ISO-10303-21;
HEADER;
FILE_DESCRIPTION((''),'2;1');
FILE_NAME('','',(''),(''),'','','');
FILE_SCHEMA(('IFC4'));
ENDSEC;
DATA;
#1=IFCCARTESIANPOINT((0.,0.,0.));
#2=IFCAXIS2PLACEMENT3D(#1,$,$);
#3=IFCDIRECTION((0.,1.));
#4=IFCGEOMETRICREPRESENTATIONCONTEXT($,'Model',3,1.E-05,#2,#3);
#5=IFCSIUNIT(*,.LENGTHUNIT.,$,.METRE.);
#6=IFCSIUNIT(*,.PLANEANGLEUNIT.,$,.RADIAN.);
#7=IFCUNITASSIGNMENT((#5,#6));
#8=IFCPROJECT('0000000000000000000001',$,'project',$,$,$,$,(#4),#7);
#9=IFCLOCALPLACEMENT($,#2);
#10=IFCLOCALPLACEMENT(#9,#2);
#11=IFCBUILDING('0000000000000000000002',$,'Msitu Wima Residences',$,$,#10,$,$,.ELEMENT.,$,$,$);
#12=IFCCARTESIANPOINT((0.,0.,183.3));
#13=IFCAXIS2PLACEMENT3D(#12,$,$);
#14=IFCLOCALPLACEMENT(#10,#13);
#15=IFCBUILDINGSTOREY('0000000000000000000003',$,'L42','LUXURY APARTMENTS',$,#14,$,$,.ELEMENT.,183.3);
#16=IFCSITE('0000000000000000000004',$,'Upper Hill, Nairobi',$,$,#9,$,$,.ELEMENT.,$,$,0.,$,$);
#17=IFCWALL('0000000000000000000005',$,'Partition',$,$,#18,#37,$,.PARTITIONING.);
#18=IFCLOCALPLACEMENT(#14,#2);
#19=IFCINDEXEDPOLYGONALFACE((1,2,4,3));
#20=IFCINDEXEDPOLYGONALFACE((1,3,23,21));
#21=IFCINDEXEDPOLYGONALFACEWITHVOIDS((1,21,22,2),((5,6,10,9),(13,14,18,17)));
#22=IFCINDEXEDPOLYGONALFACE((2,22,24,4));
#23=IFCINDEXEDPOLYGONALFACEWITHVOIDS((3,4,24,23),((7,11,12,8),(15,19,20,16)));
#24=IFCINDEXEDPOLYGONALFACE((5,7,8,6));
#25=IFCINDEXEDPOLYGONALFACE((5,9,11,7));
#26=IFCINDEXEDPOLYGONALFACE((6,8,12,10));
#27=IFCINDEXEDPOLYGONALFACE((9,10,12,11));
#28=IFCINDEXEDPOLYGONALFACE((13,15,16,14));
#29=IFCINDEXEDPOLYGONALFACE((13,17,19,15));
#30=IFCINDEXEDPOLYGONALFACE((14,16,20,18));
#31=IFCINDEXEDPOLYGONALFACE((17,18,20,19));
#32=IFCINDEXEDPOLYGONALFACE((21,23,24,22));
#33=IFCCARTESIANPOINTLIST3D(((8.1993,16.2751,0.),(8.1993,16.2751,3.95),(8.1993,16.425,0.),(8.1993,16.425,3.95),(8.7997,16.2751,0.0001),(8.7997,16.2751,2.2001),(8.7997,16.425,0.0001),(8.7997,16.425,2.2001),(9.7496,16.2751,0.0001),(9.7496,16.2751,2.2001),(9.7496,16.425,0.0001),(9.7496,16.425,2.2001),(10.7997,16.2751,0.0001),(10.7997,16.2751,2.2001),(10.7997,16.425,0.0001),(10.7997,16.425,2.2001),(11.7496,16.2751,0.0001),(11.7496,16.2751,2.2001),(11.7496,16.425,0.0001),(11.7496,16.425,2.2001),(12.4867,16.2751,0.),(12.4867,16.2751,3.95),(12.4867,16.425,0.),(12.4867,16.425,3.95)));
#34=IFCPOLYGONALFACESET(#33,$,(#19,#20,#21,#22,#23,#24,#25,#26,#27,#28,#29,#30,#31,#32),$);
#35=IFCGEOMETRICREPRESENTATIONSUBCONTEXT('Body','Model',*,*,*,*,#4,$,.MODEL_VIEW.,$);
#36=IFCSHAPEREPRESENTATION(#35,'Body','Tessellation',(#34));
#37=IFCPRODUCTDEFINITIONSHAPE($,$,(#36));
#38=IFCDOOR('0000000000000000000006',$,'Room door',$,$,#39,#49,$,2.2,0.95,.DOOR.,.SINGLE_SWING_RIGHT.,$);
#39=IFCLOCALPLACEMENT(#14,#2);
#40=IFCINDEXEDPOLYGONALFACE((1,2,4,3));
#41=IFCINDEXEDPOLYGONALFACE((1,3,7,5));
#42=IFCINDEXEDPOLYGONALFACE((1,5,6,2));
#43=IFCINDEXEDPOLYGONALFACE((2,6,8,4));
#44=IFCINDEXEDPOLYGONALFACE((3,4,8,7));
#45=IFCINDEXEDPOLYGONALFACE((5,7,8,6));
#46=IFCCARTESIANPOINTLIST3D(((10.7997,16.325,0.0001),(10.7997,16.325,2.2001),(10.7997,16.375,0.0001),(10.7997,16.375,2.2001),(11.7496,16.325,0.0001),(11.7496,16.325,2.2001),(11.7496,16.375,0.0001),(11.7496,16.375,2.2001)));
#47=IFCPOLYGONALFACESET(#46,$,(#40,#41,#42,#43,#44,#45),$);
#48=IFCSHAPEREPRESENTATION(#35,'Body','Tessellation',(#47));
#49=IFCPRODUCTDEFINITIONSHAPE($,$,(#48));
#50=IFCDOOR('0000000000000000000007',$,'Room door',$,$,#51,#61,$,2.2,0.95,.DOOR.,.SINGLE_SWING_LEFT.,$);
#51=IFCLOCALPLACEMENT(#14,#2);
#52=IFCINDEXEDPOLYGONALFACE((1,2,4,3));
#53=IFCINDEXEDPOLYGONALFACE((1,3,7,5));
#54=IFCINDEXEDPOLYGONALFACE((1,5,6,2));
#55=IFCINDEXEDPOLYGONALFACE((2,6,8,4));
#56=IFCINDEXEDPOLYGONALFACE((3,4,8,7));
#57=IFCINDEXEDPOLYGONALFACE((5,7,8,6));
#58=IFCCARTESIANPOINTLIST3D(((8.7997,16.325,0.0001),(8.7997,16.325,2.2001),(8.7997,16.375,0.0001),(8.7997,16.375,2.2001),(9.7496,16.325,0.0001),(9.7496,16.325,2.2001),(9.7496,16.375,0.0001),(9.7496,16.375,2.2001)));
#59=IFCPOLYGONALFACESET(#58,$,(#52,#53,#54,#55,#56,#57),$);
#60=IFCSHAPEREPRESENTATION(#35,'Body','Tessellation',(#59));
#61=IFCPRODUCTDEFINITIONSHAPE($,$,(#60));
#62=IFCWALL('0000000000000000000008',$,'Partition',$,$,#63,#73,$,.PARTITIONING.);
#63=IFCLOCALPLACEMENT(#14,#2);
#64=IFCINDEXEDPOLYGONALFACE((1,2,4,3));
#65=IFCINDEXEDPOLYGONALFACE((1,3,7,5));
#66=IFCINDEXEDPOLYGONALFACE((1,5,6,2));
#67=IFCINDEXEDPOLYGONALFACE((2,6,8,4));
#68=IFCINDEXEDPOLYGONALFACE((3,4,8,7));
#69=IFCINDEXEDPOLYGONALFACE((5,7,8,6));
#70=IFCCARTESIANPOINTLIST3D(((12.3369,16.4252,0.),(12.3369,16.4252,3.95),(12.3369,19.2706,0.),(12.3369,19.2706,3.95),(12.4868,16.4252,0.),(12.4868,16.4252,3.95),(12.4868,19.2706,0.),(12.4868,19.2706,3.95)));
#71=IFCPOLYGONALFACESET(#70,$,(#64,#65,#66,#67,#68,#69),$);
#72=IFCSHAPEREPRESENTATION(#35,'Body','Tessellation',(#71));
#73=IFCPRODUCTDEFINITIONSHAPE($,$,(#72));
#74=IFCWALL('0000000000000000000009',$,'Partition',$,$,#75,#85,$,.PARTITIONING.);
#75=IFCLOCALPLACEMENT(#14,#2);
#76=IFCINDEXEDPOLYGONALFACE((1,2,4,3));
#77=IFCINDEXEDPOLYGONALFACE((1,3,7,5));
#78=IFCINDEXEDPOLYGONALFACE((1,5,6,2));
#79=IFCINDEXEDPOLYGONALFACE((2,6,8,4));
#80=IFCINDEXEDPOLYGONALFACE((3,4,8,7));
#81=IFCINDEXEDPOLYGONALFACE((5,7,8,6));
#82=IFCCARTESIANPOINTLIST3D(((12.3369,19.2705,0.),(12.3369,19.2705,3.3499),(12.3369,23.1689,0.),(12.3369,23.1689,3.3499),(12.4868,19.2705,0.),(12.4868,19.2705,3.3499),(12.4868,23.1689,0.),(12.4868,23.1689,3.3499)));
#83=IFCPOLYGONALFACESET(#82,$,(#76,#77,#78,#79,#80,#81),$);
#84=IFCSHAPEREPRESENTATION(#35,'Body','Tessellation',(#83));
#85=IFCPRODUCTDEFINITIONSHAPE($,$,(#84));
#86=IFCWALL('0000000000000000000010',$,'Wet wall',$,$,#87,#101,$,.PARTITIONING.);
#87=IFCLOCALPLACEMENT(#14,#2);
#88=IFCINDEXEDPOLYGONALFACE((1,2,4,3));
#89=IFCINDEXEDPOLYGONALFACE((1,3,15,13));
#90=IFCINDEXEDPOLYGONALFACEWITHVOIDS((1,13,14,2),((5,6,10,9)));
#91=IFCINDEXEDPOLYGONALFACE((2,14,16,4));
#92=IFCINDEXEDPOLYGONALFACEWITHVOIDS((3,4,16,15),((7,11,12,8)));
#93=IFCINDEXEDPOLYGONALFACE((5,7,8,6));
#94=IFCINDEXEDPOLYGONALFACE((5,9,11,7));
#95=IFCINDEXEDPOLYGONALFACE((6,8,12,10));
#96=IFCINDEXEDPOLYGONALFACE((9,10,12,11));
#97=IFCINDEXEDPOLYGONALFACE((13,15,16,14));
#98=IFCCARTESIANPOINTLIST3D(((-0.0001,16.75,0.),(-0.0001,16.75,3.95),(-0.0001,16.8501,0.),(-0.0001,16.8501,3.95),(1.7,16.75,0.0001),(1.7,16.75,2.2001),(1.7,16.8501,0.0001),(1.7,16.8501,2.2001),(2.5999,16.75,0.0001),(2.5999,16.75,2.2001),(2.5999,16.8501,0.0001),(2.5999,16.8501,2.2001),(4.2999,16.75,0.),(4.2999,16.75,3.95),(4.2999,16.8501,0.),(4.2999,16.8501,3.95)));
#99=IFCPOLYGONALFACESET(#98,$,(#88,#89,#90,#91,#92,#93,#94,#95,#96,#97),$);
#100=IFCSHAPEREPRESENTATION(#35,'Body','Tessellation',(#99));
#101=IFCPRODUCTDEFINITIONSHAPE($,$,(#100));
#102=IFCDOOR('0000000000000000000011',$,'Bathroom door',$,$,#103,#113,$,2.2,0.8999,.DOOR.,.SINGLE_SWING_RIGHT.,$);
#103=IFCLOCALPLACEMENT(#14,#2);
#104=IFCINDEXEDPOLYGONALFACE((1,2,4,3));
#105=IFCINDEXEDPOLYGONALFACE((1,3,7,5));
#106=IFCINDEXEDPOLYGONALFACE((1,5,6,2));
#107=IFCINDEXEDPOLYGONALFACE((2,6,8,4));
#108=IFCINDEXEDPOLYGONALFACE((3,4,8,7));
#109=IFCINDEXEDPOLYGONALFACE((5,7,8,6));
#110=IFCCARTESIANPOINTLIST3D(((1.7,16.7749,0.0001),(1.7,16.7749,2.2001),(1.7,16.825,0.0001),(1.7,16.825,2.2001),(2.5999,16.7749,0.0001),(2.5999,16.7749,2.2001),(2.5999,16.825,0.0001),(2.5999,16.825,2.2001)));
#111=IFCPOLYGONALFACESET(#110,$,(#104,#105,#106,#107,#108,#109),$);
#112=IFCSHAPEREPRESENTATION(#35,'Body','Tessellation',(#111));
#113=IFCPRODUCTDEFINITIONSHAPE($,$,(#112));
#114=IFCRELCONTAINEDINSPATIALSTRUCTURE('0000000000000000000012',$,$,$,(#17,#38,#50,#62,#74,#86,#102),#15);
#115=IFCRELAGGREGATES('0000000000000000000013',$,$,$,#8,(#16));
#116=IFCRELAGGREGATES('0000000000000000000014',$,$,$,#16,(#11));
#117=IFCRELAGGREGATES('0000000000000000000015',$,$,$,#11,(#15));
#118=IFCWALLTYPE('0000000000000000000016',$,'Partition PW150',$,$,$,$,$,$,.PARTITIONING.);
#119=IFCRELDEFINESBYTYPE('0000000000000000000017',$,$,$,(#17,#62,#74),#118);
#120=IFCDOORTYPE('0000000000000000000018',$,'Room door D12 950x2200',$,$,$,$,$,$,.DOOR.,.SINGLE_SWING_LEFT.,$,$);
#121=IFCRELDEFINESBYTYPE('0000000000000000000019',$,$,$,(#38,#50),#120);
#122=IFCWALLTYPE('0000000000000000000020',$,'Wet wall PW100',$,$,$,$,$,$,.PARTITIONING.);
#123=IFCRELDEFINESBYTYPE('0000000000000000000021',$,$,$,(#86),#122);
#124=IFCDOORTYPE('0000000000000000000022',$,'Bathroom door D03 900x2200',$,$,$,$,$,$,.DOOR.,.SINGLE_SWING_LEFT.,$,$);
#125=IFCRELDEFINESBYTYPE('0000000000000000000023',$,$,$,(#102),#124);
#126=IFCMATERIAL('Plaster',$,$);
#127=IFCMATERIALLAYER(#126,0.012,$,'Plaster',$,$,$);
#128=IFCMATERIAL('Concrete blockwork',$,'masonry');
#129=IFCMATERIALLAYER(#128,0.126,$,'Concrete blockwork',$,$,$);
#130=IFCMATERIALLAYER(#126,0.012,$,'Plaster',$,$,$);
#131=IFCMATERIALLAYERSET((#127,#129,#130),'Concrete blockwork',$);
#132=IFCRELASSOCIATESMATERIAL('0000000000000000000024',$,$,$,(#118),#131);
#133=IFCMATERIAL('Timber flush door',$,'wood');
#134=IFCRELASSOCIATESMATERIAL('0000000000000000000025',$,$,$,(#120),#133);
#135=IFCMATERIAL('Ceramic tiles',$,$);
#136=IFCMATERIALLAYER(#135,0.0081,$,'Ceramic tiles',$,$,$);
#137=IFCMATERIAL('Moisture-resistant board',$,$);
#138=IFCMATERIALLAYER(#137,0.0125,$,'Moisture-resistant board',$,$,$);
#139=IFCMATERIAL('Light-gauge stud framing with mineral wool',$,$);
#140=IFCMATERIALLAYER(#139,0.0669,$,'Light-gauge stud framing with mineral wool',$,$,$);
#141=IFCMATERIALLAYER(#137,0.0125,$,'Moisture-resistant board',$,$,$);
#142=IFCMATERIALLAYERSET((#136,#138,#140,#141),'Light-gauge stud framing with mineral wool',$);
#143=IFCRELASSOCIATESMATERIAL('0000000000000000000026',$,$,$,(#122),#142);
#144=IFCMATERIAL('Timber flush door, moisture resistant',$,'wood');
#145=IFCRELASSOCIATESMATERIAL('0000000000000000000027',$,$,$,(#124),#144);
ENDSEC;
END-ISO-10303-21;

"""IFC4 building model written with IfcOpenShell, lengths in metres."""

from ifc_helpers import new_model, si_unit, direction, frame, frame_2d, origin, place, context, subcontext, project, spatial, rectangle, extrude, material, layer, layer_set, type_object, element, fill, save


model = new_model("IFC4")

# Units and contexts
model_context = context("Model", 3, precision=1e-05, world=origin(), true_north=direction((0.0, 1.0)))
body_context = subcontext(model_context, "Body", "Model", "MODEL_VIEW")
ifc_project = project(units=[si_unit("LENGTHUNIT", "METRE"), si_unit("PLANEANGLEUNIT", "RADIAN")], contexts=[model_context])

# Site, building, storey
site_placement = place(None, origin())
site = spatial("IfcSite", under=ifc_project, at=site_placement, Name="Upper Hill, Nairobi", CompositionType="ELEMENT", RefElevation=0.0)
building_placement = place(site_placement, origin())
building = spatial("IfcBuilding", under=site, at=building_placement, Name="Msitu Wima Residences", CompositionType="ELEMENT")
storey_placement = place(building_placement, frame((0.0, 0.0, 183.3)))
storey = spatial("IfcBuildingStorey", under=building, at=storey_placement, Name="L42", Description="LUXURY APARTMENTS", CompositionType="ELEMENT", Elevation=183.3)

# Shared definitions
ifc_material_1 = material(Name="Plaster")
ifc_layer_1 = layer(ifc_material_1, 0.012, Name="Plaster")
ifc_material_2 = material(Name="Concrete blockwork", Category="masonry")
ifc_layer_2 = layer(ifc_material_2, 0.126, Name="Concrete blockwork")
ifc_layer_3 = layer(ifc_material_1, 0.012, Name="Plaster")
ifc_layer_set_1 = layer_set([ifc_layer_1, ifc_layer_2, ifc_layer_3], Name="Concrete blockwork")
wall_type_1 = type_object("IfcWallType", Name="Partition PW150", PredefinedType="PARTITIONING", material=ifc_layer_set_1)
ifc_material_3 = material(Name="Timber flush door", Category="wood")
door_type_1 = type_object("IfcDoorType", Name="Room door D12 950x2200", OperationType="SINGLE_SWING_LEFT", PredefinedType="DOOR", material=ifc_material_3)

# Wall, openings, doors
wall_1_placement = place(storey_placement, frame((8.1995, 16.3501, 0.0), z_axis=(0.0, 0.0, 1.0), x_axis=(1.0, 0.0, 0.0)))
wall_1 = element("IfcWall", 1, at=wall_1_placement, inside=storey, type_object=wall_type_1, Name="Partition", PredefinedType="PARTITIONING", context=body_context, shape_type="SweptSolid", body=[
    extrude(rectangle(XDim=4.2874, YDim=0.1499, at=frame_2d((2.1436, 0.0))), origin(), (0.0, 0.0, 1.0), 3.95),
])
opening_1_placement = place(wall_1_placement, frame((2.6001, 0.0, 0.0)))
opening_1 = element("IfcOpeningElement", 2, at=opening_1_placement, cuts=wall_1, PredefinedType="OPENING", context=body_context, shape_type="SweptSolid", body=[
    extrude(rectangle(XDim=0.95, YDim=2.2, at=frame_2d((0.4751, 1.1001))), frame((0.0, 0.085, 0.0), z_axis=(0.0, -1.0, 0.0), x_axis=(1.0, 0.0, 0.0)), (0.0, 0.0, 1.0), 0.1699),
])
opening_2_placement = place(wall_1_placement, frame((0.6001, 0.0, 0.0)))
opening_2 = element("IfcOpeningElement", 3, at=opening_2_placement, cuts=wall_1, PredefinedType="OPENING", context=body_context, shape_type="SweptSolid", body=[
    extrude(rectangle(XDim=0.95, YDim=2.2, at=frame_2d((0.4751, 1.1001))), frame((0.0, 0.085, 0.0), z_axis=(0.0, -1.0, 0.0), x_axis=(1.0, 0.0, 0.0)), (0.0, 0.0, 1.0), 0.1699),
])
door_1_placement = place(opening_1_placement, origin())
door_1 = element("IfcDoor", 4, at=door_1_placement, inside=storey, type_object=door_type_1, Name="Room door", OperationType="SINGLE_SWING_RIGHT", OverallHeight=2.2, OverallWidth=0.95, PredefinedType="DOOR", context=body_context, shape_type="SweptSolid", body=[
    extrude(rectangle(XDim=0.95, YDim=2.2, at=frame_2d((0.4751, 1.1001))), frame((0.0, 0.0249, 0.0), z_axis=(0.0, -1.0, 0.0), x_axis=(1.0, 0.0, 0.0)), (0.0, 0.0, 1.0), 0.05),
])
fill(opening_1, door_1)
door_2_placement = place(opening_2_placement, origin())
door_2 = element("IfcDoor", 5, at=door_2_placement, inside=storey, type_object=door_type_1, Name="Room door", OperationType="SINGLE_SWING_LEFT", OverallHeight=2.2, OverallWidth=0.95, PredefinedType="DOOR", context=body_context, shape_type="SweptSolid", body=[
    extrude(rectangle(XDim=0.95, YDim=2.2, at=frame_2d((0.4751, 1.1001))), frame((0.0, 0.0249, 0.0), z_axis=(0.0, -1.0, 0.0), x_axis=(1.0, 0.0, 0.0)), (0.0, 0.0, 1.0), 0.05),
])
fill(opening_2, door_2)

# Walls
wall_2_placement = place(storey_placement, frame((12.4119, 16.425, 0.0), z_axis=(0.0, 0.0, 1.0), x_axis=(0.0, 1.0, 0.0)))
element("IfcWall", 6, at=wall_2_placement, inside=storey, type_object=wall_type_1, Name="Partition", PredefinedType="PARTITIONING", context=body_context, shape_type="SweptSolid", body=[
    extrude(rectangle(XDim=2.8455, YDim=0.1499, at=frame_2d((1.4229, 0.0))), origin(), (0.0, 0.0, 1.0), 3.95),
])
wall_3_placement = place(storey_placement, frame((12.4119, 19.2705, 0.0), z_axis=(0.0, 0.0, 1.0), x_axis=(0.0, 1.0, 0.0)))
element("IfcWall", 7, at=wall_3_placement, inside=storey, type_object=wall_type_1, Name="Partition", PredefinedType="PARTITIONING", context=body_context, shape_type="SweptSolid", body=[
    extrude(rectangle(XDim=3.8984, YDim=0.1499, at=frame_2d((1.9492, 0.0))), origin(), (0.0, 0.0, 1.0), 3.3499),
])

# Wall, opening, door
ifc_material_4 = material(Name="Ceramic tiles")
ifc_layer_4 = layer(ifc_material_4, 0.0081, Name="Ceramic tiles")
ifc_material_5 = material(Name="Moisture-resistant board")
ifc_layer_5 = layer(ifc_material_5, 0.0125, Name="Moisture-resistant board")
ifc_material_6 = material(Name="Light-gauge stud framing with mineral wool")
ifc_layer_6 = layer(ifc_material_6, 0.0669, Name="Light-gauge stud framing with mineral wool")
ifc_layer_7 = layer(ifc_material_5, 0.0125, Name="Moisture-resistant board")
ifc_layer_set_2 = layer_set([ifc_layer_4, ifc_layer_5, ifc_layer_6, ifc_layer_7], Name="Light-gauge stud framing with mineral wool")
wall_type_2 = type_object("IfcWallType", Name="Wet wall PW100", PredefinedType="PARTITIONING", material=ifc_layer_set_2)
wall_4_placement = place(storey_placement, frame((0.0, 16.8, 0.0), z_axis=(0.0, 0.0, 1.0), x_axis=(1.0, 0.0, 0.0)))
wall_4 = element("IfcWall", 8, at=wall_4_placement, inside=storey, type_object=wall_type_2, Name="Wet wall", PredefinedType="PARTITIONING", context=body_context, shape_type="SweptSolid", body=[
    extrude(rectangle(XDim=4.3, YDim=0.1001, at=frame_2d((2.1499, 0.0))), origin(), (0.0, 0.0, 1.0), 3.95),
])
opening_3_placement = place(wall_4_placement, frame((1.7, 0.0, 0.0)))
opening_3 = element("IfcOpeningElement", 9, at=opening_3_placement, cuts=wall_4, PredefinedType="OPENING", context=body_context, shape_type="SweptSolid", body=[
    extrude(rectangle(XDim=0.8999, YDim=2.2, at=frame_2d((0.45, 1.1001))), frame((0.0, 0.0601, 0.0), z_axis=(0.0, -1.0, 0.0), x_axis=(1.0, 0.0, 0.0)), (0.0, 0.0, 1.0), 0.1201),
])
ifc_material_7 = material(Name="Timber flush door, moisture resistant", Category="wood")
door_type_2 = type_object("IfcDoorType", Name="Bathroom door D03 900x2200", OperationType="SINGLE_SWING_LEFT", PredefinedType="DOOR", material=ifc_material_7)
door_3_placement = place(opening_3_placement, origin())
door_3 = element("IfcDoor", 10, at=door_3_placement, inside=storey, type_object=door_type_2, Name="Bathroom door", OperationType="SINGLE_SWING_RIGHT", OverallHeight=2.2, OverallWidth=0.8999, PredefinedType="DOOR", context=body_context, shape_type="SweptSolid", body=[
    extrude(rectangle(XDim=0.8999, YDim=2.2, at=frame_2d((0.45, 1.1001))), frame((0.0, 0.0249, 0.0), z_axis=(0.0, -1.0, 0.0), x_axis=(1.0, 0.0, 0.0)), (0.0, 0.0, 1.0), 0.05),
])
fill(opening_3, door_3)

save(model, "model.ifc")
